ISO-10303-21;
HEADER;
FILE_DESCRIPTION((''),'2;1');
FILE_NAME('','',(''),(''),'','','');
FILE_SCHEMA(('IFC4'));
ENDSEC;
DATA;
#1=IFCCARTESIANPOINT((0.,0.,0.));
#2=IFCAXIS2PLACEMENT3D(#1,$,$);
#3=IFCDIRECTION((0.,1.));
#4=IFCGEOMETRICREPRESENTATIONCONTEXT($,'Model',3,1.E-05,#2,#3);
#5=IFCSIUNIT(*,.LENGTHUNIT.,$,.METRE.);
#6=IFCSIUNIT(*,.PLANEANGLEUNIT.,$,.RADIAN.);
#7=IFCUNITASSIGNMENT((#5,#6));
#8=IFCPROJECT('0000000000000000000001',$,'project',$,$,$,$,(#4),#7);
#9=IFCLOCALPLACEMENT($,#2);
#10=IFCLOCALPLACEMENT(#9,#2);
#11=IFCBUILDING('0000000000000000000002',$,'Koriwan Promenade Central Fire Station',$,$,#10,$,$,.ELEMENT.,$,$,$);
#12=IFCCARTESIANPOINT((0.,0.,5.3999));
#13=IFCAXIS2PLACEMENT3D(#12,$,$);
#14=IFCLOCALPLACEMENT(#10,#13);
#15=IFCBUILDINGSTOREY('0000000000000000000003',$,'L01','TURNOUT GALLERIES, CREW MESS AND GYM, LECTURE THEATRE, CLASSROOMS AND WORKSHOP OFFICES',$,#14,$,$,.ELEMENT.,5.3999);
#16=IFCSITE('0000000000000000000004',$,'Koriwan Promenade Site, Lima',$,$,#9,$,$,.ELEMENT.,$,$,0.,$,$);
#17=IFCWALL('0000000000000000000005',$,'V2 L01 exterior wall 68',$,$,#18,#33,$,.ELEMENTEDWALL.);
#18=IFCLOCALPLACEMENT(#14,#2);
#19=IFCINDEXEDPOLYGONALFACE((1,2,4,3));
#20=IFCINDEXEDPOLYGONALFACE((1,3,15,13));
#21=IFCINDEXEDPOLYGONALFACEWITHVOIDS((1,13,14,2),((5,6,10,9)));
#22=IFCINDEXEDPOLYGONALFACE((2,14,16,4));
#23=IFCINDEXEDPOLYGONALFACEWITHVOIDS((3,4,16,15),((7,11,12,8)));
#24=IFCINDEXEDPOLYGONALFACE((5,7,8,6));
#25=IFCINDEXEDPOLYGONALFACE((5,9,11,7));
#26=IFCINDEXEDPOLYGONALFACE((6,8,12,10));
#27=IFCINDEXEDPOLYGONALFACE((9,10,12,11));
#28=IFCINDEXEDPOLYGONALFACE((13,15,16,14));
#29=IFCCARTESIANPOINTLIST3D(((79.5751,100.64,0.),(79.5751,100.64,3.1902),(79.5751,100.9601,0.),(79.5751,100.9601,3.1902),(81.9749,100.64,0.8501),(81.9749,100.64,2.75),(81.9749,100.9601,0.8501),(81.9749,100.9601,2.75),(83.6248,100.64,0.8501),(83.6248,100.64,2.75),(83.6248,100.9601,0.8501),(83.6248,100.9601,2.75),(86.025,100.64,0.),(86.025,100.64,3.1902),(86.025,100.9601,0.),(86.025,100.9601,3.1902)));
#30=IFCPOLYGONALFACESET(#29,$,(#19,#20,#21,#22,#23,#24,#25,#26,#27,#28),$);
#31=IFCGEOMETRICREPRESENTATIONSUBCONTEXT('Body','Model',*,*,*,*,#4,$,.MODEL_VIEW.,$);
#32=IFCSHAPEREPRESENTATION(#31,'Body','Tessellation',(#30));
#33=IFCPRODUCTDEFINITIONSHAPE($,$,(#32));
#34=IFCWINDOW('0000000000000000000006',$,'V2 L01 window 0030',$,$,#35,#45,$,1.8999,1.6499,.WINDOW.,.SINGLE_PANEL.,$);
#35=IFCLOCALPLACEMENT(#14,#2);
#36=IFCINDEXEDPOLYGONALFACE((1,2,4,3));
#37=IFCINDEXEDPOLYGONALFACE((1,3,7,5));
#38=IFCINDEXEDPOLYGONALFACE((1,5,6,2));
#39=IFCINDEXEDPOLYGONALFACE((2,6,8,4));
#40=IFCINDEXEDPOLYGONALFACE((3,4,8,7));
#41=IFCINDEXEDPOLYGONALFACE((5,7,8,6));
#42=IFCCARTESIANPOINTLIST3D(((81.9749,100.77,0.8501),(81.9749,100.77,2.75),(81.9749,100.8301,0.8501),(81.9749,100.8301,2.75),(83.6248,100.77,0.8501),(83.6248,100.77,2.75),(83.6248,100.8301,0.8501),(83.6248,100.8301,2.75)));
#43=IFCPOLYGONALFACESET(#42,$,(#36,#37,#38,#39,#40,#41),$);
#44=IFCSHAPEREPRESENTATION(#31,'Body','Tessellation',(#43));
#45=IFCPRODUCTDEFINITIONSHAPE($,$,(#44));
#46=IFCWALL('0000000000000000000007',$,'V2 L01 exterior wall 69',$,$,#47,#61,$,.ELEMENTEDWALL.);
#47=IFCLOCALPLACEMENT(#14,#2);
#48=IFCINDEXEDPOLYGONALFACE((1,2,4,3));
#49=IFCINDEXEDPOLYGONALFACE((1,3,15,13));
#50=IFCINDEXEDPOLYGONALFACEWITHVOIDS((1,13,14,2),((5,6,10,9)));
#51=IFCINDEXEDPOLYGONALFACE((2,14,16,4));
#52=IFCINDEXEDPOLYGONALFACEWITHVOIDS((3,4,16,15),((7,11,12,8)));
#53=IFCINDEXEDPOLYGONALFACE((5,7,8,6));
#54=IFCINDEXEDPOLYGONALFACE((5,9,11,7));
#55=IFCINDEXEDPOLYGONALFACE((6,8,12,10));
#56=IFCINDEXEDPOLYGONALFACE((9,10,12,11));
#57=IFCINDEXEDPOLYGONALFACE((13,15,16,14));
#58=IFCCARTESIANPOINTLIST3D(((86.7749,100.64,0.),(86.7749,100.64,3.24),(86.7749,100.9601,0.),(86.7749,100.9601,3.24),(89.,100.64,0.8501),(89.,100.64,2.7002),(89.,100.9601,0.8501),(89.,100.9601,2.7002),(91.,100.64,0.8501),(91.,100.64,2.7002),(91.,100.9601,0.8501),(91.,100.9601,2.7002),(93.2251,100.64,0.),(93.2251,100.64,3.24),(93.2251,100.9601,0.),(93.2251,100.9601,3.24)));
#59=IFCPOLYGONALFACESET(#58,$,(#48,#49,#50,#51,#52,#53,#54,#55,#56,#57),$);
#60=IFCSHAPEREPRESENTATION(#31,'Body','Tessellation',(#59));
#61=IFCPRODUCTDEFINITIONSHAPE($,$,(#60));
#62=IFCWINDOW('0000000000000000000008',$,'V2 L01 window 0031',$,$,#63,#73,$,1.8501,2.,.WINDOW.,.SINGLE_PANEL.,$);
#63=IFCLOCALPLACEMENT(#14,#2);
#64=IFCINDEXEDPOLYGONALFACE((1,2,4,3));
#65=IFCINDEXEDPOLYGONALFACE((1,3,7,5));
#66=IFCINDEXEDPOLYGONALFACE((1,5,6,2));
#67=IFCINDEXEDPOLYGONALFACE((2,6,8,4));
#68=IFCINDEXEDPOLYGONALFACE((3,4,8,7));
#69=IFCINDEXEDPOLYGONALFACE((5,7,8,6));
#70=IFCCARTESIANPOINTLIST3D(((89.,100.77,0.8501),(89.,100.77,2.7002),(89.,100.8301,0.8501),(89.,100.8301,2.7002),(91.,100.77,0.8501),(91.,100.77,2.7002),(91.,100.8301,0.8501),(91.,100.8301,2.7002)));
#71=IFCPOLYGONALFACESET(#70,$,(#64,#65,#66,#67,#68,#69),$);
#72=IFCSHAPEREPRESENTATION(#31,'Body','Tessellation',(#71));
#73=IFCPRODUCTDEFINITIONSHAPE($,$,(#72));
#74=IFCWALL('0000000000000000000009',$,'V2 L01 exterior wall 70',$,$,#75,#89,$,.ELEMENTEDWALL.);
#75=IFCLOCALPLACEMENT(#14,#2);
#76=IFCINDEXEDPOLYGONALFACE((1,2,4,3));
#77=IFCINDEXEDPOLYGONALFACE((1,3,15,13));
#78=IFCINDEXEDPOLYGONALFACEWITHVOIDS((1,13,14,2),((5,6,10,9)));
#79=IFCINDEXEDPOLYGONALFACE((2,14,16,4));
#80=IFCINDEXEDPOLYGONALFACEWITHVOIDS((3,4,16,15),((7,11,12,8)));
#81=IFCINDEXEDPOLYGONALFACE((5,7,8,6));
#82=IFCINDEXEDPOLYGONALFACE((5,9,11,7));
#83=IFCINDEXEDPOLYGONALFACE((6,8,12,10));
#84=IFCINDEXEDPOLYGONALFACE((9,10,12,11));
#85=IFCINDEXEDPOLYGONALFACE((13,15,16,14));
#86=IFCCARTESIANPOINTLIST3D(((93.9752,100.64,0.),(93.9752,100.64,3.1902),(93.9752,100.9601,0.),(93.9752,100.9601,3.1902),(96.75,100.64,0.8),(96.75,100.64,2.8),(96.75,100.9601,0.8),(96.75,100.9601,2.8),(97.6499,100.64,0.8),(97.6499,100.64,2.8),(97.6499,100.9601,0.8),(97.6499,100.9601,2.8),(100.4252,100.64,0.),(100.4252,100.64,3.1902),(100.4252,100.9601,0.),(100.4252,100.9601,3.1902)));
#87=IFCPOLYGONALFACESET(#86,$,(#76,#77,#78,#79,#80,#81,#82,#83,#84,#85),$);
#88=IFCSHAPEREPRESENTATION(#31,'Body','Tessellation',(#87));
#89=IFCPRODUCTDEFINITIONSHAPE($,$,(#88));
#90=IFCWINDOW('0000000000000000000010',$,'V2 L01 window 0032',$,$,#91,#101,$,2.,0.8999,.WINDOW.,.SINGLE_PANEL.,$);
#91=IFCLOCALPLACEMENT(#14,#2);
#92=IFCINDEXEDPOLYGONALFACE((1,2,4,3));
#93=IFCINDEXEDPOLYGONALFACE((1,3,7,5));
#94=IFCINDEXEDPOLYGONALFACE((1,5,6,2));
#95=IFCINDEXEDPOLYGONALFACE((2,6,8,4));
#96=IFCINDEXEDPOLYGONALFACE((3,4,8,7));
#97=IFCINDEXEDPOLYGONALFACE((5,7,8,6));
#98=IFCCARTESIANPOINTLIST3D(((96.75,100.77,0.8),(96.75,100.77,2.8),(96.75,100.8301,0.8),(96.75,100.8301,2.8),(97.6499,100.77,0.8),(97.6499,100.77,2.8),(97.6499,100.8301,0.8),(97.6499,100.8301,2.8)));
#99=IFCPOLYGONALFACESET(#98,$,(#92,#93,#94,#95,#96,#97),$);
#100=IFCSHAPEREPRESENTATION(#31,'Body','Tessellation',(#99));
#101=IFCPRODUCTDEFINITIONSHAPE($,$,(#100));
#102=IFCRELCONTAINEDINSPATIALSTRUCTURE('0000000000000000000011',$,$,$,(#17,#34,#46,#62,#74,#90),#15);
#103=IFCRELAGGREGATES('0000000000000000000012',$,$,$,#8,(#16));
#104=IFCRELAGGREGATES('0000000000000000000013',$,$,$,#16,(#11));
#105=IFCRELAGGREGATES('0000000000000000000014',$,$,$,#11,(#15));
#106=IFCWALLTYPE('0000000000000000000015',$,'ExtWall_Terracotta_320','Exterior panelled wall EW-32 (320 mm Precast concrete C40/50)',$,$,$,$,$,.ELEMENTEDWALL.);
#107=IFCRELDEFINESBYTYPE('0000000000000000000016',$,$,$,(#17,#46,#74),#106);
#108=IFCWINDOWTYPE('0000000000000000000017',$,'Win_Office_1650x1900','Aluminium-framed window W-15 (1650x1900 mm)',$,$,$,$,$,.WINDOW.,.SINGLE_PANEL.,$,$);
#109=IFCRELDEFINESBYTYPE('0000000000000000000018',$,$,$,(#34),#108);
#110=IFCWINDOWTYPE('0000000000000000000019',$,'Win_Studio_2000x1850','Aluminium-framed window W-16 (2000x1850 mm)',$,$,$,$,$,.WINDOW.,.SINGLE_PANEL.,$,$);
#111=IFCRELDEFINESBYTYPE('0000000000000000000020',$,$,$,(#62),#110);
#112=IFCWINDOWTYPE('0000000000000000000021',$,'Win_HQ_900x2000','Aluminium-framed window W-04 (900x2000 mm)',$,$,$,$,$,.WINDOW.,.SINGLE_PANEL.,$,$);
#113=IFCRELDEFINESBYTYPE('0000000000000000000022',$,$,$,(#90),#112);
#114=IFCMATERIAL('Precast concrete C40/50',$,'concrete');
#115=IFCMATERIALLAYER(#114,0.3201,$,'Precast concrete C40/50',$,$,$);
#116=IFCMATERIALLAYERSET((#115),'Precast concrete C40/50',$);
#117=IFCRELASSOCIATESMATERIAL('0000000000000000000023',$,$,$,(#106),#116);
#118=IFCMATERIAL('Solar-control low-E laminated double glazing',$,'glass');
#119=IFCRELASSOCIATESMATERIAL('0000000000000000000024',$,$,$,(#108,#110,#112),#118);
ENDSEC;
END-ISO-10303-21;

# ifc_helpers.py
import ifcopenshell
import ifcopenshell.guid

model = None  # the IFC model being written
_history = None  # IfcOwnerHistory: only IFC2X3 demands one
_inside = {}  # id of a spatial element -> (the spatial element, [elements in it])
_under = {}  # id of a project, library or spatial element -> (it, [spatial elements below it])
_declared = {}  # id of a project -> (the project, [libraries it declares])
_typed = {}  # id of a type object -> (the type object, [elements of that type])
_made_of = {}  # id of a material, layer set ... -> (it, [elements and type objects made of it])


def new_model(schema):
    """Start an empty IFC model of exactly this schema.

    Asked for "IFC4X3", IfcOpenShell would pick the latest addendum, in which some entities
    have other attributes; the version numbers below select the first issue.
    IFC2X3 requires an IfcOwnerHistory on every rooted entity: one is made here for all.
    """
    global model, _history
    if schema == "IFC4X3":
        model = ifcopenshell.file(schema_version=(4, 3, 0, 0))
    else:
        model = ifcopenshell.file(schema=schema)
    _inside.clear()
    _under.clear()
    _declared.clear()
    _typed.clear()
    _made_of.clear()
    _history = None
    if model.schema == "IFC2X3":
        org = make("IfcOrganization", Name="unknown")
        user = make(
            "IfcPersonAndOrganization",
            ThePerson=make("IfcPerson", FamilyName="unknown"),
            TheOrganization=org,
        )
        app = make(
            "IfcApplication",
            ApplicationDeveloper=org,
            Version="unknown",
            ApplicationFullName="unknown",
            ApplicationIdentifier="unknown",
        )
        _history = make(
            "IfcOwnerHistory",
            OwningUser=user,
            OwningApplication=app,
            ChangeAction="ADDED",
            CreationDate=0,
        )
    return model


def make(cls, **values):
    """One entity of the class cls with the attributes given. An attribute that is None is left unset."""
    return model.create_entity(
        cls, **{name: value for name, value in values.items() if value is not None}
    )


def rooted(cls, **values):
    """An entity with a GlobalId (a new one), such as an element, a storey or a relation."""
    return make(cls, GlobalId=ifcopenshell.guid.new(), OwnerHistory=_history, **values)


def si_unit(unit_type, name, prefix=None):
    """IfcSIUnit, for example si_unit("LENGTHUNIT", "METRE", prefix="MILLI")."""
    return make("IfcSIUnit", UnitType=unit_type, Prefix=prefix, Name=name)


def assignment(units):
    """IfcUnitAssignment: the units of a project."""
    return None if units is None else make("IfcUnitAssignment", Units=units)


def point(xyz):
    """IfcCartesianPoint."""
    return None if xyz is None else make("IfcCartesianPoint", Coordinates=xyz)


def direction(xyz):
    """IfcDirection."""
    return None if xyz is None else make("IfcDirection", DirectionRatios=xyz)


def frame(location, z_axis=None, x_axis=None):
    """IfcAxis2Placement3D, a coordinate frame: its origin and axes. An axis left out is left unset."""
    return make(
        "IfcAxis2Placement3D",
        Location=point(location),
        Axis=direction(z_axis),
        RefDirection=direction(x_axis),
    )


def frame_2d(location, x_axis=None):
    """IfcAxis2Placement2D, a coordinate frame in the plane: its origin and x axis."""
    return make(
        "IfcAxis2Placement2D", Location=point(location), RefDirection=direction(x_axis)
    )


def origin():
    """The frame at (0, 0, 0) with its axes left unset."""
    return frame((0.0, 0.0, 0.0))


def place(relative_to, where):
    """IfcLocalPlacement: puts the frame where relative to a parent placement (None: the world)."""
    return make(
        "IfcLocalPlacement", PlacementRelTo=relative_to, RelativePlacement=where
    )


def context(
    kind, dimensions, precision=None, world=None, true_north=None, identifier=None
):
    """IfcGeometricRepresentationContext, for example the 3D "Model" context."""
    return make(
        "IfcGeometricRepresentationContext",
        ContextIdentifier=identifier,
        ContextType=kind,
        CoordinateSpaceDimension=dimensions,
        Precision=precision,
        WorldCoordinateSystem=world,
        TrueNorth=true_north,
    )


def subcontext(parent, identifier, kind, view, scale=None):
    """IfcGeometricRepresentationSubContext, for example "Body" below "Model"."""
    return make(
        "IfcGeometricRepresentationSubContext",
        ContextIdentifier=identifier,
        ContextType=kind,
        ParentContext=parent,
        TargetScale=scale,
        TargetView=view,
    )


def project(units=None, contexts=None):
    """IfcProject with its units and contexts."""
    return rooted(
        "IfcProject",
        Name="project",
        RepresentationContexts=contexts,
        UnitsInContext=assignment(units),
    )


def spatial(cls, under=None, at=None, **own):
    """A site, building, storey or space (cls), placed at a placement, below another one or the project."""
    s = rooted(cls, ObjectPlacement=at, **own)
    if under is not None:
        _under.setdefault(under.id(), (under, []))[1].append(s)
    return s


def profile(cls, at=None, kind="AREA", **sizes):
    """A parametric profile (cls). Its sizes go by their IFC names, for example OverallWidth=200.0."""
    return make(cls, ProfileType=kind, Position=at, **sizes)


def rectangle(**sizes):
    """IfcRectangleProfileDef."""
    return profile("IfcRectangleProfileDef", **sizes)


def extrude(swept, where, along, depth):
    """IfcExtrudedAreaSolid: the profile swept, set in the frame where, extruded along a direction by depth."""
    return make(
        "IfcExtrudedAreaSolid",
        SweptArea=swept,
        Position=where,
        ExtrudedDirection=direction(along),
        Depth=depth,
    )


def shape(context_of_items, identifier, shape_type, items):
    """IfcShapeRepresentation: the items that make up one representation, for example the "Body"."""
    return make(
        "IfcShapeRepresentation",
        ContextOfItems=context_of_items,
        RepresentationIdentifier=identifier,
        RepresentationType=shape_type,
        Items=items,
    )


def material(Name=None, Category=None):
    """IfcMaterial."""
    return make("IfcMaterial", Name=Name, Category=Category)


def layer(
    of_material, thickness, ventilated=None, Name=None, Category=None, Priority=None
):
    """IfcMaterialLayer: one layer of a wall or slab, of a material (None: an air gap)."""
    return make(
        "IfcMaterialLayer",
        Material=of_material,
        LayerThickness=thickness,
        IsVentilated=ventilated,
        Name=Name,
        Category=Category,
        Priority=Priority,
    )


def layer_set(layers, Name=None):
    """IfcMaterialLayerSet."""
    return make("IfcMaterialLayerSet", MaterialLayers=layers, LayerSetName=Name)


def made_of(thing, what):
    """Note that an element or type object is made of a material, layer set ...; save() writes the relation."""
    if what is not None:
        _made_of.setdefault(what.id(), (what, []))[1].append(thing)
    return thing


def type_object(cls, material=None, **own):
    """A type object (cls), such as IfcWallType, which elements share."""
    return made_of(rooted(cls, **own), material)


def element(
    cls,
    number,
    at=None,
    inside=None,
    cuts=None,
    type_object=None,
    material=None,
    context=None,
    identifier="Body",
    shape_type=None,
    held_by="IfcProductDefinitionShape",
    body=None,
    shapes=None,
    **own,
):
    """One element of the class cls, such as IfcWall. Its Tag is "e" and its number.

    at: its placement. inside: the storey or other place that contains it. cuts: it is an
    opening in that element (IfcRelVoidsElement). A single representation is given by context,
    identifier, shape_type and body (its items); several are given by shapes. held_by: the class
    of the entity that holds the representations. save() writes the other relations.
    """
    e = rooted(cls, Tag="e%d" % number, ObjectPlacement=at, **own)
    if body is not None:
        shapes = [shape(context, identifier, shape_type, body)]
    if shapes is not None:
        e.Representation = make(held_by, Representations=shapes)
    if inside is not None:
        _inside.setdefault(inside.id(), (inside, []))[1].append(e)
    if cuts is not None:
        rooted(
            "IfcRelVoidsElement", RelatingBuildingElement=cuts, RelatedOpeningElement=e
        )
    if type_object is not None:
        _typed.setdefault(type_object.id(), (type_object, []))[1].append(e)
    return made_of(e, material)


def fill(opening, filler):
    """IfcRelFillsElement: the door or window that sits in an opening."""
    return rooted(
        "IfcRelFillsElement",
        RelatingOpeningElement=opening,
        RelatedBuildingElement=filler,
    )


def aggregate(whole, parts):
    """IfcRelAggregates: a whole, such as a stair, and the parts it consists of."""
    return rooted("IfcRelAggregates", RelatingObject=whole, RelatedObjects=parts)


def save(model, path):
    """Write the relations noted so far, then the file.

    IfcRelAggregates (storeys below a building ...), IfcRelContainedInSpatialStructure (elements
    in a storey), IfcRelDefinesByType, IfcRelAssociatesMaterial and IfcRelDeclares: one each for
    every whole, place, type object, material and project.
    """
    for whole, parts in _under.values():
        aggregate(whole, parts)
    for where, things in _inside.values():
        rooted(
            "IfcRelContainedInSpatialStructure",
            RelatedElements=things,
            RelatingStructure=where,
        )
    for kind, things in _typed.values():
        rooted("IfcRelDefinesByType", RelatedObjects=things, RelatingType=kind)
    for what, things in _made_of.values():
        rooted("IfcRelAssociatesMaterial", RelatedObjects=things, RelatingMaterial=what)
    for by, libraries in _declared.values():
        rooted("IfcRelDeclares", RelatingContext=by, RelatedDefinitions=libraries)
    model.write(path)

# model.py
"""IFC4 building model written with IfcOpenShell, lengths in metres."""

from ifc_helpers import new_model, si_unit, direction, frame, frame_2d, origin, place, context, subcontext, project, spatial, rectangle, extrude, material, layer, layer_set, type_object, element, fill, save


model = new_model("IFC4")

# Units and contexts
model_context = context("Model", 3, precision=1e-05, world=origin(), true_north=direction((0.0, 1.0)))
body_context = subcontext(model_context, "Body", "Model", "MODEL_VIEW")
ifc_project = project(units=[si_unit("LENGTHUNIT", "METRE"), si_unit("PLANEANGLEUNIT", "RADIAN")], contexts=[model_context])

# Site, building, storey
site_placement = place(None, origin())
site = spatial("IfcSite", under=ifc_project, at=site_placement, Name="Koriwan Promenade Site, Lima", CompositionType="ELEMENT", RefElevation=0.0)
building_placement = place(site_placement, origin())
building = spatial("IfcBuilding", under=site, at=building_placement, Name="Koriwan Promenade Central Fire Station", CompositionType="ELEMENT")
storey_placement = place(building_placement, frame((0.0, 0.0, 5.3999)))
storey = spatial("IfcBuildingStorey", under=building, at=storey_placement, Name="L01", Description="TURNOUT GALLERIES, CREW MESS AND GYM, LECTURE THEATRE, CLASSROOMS AND WORKSHOP OFFICES", CompositionType="ELEMENT", Elevation=5.3999)

# Walls, openings, windows
ifc_material_1 = material(Name="Precast concrete C40/50", Category="concrete")
ifc_layer_1 = layer(ifc_material_1, 0.3201, Name="Precast concrete C40/50")
ifc_layer_set_1 = layer_set([ifc_layer_1], Name="Precast concrete C40/50")
wall_type = type_object("IfcWallType", Name="ExtWall_Terracotta_320", Description="Exterior panelled wall EW-32 (320 mm Precast concrete C40/50)", PredefinedType="ELEMENTEDWALL", material=ifc_layer_set_1)
wall_1_placement = place(storey_placement, frame((79.575, 100.8, 0.0), z_axis=(0.0, 0.0, 1.0), x_axis=(1.0, 0.0, 0.0)))
wall_1 = element("IfcWall", 1, at=wall_1_placement, inside=storey, type_object=wall_type, Name="V2 L01 exterior wall 68", PredefinedType="ELEMENTEDWALL", context=body_context, shape_type="SweptSolid", body=[
    extrude(rectangle(XDim=6.45, YDim=0.3201, at=frame_2d((3.2251, 0.0))), origin(), (0.0, 0.0, 1.0), 3.1902),
])
opening_1_placement = place(wall_1_placement, frame((2.3999, 0.0, 0.8501)))
opening_1 = element("IfcOpeningElement", 2, at=opening_1_placement, cuts=wall_1, PredefinedType="OPENING", context=body_context, shape_type="SweptSolid", body=[
    extrude(rectangle(XDim=1.6499, YDim=1.8999, at=frame_2d((0.825, 0.95))), frame((0.0, 0.1719, 0.0), z_axis=(0.0, -1.0, 0.0), x_axis=(1.0, 0.0, 0.0)), (0.0, 0.0, 1.0), 0.344),
])
ifc_material_2 = material(Name="Solar-control low-E laminated double glazing", Category="glass")
window_type_1 = type_object("IfcWindowType", Name="Win_Office_1650x1900", Description="Aluminium-framed window W-15 (1650x1900 mm)", PartitioningType="SINGLE_PANEL", PredefinedType="WINDOW", material=ifc_material_2)
window_1_placement = place(opening_1_placement, origin())
window_1 = element("IfcWindow", 3, at=window_1_placement, inside=storey, type_object=window_type_1, Name="V2 L01 window 0030", OverallHeight=1.8999, OverallWidth=1.6499, PartitioningType="SINGLE_PANEL", PredefinedType="WINDOW", context=body_context, shape_type="SweptSolid", body=[
    extrude(rectangle(XDim=1.6499, YDim=1.8999, at=frame_2d((0.825, 0.95))), frame((0.0, 0.03, 0.0), z_axis=(0.0, -1.0, 0.0), x_axis=(1.0, 0.0, 0.0)), (0.0, 0.0, 1.0), 0.0601),
])
fill(opening_1, window_1)
wall_2_placement = place(storey_placement, frame((86.7749, 100.8, 0.0), z_axis=(0.0, 0.0, 1.0), x_axis=(1.0, 0.0, 0.0)))
wall_2 = element("IfcWall", 4, at=wall_2_placement, inside=storey, type_object=wall_type, Name="V2 L01 exterior wall 69", PredefinedType="ELEMENTEDWALL", context=body_context, shape_type="SweptSolid", body=[
    extrude(rectangle(XDim=6.4502, YDim=0.3201, at=frame_2d((3.2251, 0.0))), origin(), (0.0, 0.0, 1.0), 3.24),
])
opening_2_placement = place(wall_2_placement, frame((2.2251, 0.0, 0.8501)))
opening_2 = element("IfcOpeningElement", 5, at=opening_2_placement, cuts=wall_2, PredefinedType="OPENING", context=body_context, shape_type="SweptSolid", body=[
    extrude(rectangle(XDim=2.0, YDim=1.8501, at=frame_2d((1.0, 0.925))), frame((0.0, 0.1719, 0.0), z_axis=(0.0, -1.0, 0.0), x_axis=(1.0, 0.0, 0.0)), (0.0, 0.0, 1.0), 0.344),
])
window_type_2 = type_object("IfcWindowType", Name="Win_Studio_2000x1850", Description="Aluminium-framed window W-16 (2000x1850 mm)", PartitioningType="SINGLE_PANEL", PredefinedType="WINDOW", material=ifc_material_2)
window_2_placement = place(opening_2_placement, origin())
window_2 = element("IfcWindow", 6, at=window_2_placement, inside=storey, type_object=window_type_2, Name="V2 L01 window 0031", OverallHeight=1.8501, OverallWidth=2.0, PartitioningType="SINGLE_PANEL", PredefinedType="WINDOW", context=body_context, shape_type="SweptSolid", body=[
    extrude(rectangle(XDim=2.0, YDim=1.8501, at=frame_2d((1.0, 0.925))), frame((0.0, 0.03, 0.0), z_axis=(0.0, -1.0, 0.0), x_axis=(1.0, 0.0, 0.0)), (0.0, 0.0, 1.0), 0.0601),
])
fill(opening_2, window_2)
wall_3_placement = place(storey_placement, frame((93.9751, 100.8, 0.0), z_axis=(0.0, 0.0, 1.0), x_axis=(1.0, 0.0, 0.0)))
wall_3 = element("IfcWall", 7, at=wall_3_placement, inside=storey, type_object=wall_type, Name="V2 L01 exterior wall 70", PredefinedType="ELEMENTEDWALL", context=body_context, shape_type="SweptSolid", body=[
    extrude(rectangle(XDim=6.45, YDim=0.3201, at=frame_2d((3.2251, 0.0))), origin(), (0.0, 0.0, 1.0), 3.1902),
])
opening_3_placement = place(wall_3_placement, frame((2.7749, 0.0, 0.8)))
opening_3 = element("IfcOpeningElement", 8, at=opening_3_placement, cuts=wall_3, PredefinedType="OPENING", context=body_context, shape_type="SweptSolid", body=[
    extrude(rectangle(XDim=0.8999, YDim=2.0, at=frame_2d((0.45, 1.0))), frame((0.0, 0.1719, 0.0), z_axis=(0.0, -1.0, 0.0), x_axis=(1.0, 0.0, 0.0)), (0.0, 0.0, 1.0), 0.344),
])
window_type_3 = type_object("IfcWindowType", Name="Win_HQ_900x2000", Description="Aluminium-framed window W-04 (900x2000 mm)", PartitioningType="SINGLE_PANEL", PredefinedType="WINDOW", material=ifc_material_2)
window_3_placement = place(opening_3_placement, origin())
window_3 = element("IfcWindow", 9, at=window_3_placement, inside=storey, type_object=window_type_3, Name="V2 L01 window 0032", OverallHeight=2.0, OverallWidth=0.8999, PartitioningType="SINGLE_PANEL", PredefinedType="WINDOW", context=body_context, shape_type="SweptSolid", body=[
    extrude(rectangle(XDim=0.8999, YDim=2.0, at=frame_2d((0.45, 1.0))), frame((0.0, 0.03, 0.0), z_axis=(0.0, -1.0, 0.0), x_axis=(1.0, 0.0, 0.0)), (0.0, 0.0, 1.0), 0.0601),
])
fill(opening_3, window_3)

save(model, "model.ifc")
